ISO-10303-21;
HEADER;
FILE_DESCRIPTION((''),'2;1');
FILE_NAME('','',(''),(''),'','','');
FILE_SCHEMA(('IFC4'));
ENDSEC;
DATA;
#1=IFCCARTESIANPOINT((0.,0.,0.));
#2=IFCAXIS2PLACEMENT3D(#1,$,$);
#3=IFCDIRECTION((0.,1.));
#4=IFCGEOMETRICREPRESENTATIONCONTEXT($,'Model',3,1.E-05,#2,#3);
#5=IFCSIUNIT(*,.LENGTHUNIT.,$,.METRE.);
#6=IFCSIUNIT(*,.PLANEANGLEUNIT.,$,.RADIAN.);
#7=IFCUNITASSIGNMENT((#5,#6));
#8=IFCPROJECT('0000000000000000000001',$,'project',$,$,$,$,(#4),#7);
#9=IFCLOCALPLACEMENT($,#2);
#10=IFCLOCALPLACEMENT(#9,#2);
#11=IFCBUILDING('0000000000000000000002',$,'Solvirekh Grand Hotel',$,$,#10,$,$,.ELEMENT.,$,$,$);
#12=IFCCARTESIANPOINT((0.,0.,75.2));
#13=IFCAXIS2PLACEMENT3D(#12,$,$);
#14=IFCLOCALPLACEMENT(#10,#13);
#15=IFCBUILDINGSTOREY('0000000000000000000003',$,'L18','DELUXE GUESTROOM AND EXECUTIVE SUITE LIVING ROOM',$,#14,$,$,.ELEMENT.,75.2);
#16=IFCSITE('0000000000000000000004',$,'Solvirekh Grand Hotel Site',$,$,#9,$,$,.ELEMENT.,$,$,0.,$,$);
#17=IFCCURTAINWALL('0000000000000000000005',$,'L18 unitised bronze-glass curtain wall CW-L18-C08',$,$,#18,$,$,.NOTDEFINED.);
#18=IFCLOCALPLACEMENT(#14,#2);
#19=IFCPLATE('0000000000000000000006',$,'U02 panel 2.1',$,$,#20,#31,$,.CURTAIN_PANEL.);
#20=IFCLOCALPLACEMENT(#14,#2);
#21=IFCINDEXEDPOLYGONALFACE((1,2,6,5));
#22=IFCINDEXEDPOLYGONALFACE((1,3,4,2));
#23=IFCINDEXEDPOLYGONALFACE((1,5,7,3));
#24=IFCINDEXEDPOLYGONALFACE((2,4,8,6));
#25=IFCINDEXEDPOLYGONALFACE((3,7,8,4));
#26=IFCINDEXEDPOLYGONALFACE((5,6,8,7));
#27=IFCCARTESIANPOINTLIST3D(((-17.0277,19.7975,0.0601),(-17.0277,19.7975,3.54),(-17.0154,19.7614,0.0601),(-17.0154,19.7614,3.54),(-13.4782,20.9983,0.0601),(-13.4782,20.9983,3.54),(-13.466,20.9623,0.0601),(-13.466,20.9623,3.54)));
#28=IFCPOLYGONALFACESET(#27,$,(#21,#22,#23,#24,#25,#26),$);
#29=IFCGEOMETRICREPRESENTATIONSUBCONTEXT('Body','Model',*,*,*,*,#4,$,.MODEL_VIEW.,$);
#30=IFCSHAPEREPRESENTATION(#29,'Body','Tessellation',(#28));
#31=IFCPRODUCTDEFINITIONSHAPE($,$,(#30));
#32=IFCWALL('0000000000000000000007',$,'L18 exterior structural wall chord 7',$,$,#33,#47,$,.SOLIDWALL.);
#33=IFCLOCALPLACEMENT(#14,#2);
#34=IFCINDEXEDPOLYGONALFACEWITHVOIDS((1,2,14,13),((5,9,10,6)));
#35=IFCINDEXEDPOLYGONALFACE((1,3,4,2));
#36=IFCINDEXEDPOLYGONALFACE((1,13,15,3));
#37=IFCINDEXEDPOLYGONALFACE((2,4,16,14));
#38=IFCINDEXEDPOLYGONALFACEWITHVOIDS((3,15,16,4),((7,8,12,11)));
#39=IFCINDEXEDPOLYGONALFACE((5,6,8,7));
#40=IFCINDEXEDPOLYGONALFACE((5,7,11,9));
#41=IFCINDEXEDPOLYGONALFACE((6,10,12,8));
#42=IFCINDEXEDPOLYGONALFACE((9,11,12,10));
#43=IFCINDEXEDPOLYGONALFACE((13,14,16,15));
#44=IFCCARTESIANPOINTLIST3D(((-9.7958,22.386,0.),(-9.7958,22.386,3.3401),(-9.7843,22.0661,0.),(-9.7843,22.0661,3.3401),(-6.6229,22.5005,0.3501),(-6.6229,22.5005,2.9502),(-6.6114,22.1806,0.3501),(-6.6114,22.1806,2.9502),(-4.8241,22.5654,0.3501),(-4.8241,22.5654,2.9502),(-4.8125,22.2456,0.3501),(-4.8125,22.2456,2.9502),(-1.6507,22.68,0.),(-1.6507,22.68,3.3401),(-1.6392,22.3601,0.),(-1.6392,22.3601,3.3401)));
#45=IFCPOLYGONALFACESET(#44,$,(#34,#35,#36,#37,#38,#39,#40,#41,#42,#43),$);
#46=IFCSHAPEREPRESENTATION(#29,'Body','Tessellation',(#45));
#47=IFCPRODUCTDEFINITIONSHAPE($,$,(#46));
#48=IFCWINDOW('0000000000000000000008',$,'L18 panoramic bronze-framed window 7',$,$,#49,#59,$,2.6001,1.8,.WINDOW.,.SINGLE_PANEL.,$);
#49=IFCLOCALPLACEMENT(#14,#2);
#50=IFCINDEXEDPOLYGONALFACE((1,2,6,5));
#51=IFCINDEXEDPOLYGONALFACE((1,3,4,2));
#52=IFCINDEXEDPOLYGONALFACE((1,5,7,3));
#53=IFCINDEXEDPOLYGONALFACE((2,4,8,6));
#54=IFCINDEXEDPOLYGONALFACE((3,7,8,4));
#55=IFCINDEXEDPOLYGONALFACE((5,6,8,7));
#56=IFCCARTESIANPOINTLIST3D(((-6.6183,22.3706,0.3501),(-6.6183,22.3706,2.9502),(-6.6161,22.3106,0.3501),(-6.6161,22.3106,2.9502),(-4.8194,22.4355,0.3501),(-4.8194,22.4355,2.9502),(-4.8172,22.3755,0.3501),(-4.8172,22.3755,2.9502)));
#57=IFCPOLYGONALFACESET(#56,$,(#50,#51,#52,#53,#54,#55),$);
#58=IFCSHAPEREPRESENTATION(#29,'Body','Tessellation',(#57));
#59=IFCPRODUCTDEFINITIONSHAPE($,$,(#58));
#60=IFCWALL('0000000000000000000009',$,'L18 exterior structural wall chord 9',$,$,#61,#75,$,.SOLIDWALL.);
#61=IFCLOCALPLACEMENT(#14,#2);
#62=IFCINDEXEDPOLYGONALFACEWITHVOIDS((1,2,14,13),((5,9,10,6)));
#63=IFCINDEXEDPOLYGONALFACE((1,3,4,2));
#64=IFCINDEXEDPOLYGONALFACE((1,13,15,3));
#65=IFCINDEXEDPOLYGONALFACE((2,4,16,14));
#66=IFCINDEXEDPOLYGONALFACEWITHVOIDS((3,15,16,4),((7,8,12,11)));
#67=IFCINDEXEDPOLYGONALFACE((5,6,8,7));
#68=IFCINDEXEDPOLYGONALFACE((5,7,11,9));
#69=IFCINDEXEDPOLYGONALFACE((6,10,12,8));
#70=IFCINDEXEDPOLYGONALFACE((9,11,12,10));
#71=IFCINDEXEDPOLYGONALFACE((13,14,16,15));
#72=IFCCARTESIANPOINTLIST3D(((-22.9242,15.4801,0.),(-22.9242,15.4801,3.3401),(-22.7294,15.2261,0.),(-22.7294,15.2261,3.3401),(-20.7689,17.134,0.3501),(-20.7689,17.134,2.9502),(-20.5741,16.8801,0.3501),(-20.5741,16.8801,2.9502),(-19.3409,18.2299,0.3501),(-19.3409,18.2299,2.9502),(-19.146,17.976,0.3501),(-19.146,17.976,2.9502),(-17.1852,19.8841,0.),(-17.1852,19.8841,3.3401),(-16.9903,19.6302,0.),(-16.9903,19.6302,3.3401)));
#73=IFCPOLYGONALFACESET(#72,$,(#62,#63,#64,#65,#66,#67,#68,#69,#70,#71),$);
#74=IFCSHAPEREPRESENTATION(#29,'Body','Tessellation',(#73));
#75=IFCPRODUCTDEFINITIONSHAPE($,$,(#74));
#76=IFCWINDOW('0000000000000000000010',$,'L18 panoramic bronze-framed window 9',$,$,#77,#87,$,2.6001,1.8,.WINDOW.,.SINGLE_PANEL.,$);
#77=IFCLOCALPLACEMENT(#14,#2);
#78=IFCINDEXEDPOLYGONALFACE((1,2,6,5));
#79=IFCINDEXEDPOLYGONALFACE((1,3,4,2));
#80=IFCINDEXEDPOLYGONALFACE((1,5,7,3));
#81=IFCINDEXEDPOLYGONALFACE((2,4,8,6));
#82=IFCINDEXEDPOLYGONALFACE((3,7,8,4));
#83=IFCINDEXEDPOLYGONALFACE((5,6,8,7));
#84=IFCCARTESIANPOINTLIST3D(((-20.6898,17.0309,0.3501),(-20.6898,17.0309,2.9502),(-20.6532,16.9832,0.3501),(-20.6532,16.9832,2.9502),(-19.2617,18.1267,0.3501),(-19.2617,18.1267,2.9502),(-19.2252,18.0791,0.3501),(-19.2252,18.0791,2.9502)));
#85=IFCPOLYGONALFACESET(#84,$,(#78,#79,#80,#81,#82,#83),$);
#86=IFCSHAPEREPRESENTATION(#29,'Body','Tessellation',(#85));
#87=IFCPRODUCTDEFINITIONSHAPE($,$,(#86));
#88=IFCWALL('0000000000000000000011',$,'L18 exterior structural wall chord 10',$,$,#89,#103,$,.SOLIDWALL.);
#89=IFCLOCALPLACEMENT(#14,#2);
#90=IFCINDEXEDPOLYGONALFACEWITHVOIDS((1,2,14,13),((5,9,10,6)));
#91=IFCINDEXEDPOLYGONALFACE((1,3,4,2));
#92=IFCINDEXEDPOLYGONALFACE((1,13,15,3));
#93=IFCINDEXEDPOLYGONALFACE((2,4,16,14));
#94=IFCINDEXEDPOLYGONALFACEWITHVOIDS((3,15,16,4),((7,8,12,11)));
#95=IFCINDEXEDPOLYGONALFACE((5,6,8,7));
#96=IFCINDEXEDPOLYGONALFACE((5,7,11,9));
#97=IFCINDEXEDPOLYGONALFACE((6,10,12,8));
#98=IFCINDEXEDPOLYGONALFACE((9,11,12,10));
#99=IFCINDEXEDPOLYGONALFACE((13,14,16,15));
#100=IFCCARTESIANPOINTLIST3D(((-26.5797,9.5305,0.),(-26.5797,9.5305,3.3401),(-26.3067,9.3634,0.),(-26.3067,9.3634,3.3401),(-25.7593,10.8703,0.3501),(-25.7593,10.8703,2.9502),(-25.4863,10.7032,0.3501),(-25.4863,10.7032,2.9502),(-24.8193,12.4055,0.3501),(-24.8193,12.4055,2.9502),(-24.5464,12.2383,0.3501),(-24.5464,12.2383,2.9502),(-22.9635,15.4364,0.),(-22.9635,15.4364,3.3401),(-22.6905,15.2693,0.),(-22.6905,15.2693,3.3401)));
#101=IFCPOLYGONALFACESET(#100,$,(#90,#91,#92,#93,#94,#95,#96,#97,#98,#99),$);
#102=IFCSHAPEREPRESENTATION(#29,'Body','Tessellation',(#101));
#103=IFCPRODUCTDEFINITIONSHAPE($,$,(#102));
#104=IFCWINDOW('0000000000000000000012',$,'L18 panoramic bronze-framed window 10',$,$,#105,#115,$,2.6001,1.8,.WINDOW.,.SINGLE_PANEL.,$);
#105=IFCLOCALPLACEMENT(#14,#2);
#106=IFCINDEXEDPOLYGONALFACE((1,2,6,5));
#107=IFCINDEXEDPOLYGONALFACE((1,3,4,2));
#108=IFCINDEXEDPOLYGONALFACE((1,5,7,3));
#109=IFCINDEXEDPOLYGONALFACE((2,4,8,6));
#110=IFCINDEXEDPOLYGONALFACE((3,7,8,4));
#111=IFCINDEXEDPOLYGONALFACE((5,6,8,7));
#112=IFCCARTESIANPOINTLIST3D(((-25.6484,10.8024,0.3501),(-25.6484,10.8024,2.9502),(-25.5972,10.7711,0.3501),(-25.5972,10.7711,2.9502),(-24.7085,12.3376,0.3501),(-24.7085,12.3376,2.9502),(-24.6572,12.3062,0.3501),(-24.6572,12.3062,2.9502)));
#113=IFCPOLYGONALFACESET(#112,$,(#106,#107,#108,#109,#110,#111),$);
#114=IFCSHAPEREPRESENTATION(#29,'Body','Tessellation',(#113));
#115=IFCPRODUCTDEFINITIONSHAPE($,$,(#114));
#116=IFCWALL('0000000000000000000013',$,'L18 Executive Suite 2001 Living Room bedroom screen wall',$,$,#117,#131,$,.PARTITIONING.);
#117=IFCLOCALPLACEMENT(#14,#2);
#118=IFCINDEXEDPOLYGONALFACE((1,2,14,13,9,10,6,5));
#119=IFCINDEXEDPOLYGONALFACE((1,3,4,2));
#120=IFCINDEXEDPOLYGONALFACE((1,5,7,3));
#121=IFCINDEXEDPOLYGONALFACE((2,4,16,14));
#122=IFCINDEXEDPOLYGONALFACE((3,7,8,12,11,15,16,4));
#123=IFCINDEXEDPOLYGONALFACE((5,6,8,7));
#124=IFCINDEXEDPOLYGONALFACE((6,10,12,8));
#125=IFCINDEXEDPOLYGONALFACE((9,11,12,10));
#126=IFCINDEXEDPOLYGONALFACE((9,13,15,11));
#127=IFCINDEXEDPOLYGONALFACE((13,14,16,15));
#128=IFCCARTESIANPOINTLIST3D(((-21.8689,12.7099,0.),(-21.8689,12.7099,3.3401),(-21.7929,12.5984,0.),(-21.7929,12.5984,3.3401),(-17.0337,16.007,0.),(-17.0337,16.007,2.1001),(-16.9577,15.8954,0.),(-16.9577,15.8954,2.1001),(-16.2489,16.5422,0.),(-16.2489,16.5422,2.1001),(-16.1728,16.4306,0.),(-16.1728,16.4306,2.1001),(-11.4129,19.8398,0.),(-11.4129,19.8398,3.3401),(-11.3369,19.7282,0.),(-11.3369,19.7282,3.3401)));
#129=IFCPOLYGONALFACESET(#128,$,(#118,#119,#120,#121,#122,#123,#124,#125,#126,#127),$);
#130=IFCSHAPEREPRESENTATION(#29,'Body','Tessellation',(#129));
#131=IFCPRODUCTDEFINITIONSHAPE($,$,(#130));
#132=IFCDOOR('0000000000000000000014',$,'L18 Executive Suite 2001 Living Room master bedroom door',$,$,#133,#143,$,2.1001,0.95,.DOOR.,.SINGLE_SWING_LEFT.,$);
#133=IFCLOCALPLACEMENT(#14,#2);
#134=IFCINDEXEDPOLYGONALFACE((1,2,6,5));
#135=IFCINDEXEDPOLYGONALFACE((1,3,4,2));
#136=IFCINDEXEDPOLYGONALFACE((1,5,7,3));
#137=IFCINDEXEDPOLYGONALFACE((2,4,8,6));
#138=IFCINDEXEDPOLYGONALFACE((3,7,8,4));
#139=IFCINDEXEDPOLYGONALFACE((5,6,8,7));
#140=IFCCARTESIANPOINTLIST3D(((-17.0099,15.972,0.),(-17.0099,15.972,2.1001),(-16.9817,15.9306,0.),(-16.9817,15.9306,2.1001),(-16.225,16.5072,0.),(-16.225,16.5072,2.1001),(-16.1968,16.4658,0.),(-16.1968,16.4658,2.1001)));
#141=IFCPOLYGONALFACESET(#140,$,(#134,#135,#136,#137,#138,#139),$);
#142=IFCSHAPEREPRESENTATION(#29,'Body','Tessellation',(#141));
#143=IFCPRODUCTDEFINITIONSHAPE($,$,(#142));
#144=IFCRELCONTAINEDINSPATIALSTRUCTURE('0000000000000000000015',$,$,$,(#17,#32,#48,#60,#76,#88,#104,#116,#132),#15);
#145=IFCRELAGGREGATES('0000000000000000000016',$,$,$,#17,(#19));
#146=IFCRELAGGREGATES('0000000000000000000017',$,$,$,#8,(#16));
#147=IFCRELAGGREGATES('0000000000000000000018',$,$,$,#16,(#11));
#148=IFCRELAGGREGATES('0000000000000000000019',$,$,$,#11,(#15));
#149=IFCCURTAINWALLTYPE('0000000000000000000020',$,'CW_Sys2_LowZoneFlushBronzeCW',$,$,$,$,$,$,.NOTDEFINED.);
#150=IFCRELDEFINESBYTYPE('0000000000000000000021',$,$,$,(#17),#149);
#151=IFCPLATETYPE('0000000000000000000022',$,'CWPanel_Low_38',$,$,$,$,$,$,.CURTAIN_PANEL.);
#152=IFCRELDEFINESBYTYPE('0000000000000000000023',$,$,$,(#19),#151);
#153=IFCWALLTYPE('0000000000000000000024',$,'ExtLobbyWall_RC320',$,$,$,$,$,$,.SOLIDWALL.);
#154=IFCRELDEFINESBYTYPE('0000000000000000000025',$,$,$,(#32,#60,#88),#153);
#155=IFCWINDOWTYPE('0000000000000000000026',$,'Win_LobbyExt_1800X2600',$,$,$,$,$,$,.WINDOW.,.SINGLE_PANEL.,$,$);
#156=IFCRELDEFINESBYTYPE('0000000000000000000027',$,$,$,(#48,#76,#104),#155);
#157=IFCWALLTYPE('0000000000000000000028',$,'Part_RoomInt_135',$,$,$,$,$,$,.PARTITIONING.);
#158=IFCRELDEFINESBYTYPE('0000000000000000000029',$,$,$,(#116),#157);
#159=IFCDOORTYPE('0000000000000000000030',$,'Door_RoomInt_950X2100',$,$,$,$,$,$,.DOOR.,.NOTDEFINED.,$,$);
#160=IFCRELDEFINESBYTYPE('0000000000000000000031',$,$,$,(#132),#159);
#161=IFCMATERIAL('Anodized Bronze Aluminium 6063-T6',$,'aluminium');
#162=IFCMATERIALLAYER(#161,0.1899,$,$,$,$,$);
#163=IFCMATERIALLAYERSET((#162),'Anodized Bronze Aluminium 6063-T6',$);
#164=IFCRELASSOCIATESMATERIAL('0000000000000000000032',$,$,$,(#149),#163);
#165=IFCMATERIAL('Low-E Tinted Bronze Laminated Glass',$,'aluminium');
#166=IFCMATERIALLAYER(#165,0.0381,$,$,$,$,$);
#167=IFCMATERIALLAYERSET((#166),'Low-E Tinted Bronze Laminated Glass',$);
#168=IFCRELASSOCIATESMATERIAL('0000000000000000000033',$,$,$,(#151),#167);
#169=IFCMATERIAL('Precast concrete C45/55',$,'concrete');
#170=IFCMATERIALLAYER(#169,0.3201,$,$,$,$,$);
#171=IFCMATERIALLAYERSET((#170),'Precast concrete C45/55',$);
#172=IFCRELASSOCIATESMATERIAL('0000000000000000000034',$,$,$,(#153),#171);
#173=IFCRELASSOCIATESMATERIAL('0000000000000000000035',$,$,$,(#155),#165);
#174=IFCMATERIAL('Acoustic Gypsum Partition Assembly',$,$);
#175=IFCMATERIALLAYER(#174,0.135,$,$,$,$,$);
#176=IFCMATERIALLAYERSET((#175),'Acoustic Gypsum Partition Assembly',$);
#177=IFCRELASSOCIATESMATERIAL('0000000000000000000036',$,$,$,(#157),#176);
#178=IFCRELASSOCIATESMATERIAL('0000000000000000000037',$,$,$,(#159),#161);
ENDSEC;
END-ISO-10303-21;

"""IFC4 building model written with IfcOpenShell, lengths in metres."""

from ifc_helpers import new_model, si_unit, direction, frame, frame_2d, origin, origin_2d, place, context, subcontext, project, spatial, rectangle, extrude, source, transform, mapped, material, layer, layer_set, type_object, element, fill, aggregate, save


model = new_model("IFC4")

# Units and contexts
model_context = context("Model", 3, precision=1e-05, world=origin(), true_north=direction((0.0, 1.0)))
body_context = subcontext(model_context, "Body", "Model", "MODEL_VIEW")
ifc_project = project(units=[si_unit("LENGTHUNIT", "METRE"), si_unit("PLANEANGLEUNIT", "RADIAN")], contexts=[model_context])

# Site, building, storey
site_placement = place(None, origin())
site = spatial("IfcSite", under=ifc_project, at=site_placement, Name="Solvirekh Grand Hotel Site", CompositionType="ELEMENT", RefElevation=0.0)
building_placement = place(site_placement, origin())
building = spatial("IfcBuilding", under=site, at=building_placement, Name="Solvirekh Grand Hotel", CompositionType="ELEMENT")
storey_placement = place(building_placement, frame((0.0, 0.0, 75.2)))
storey = spatial("IfcBuildingStorey", under=building, at=storey_placement, Name="L18", Description="DELUXE GUESTROOM AND EXECUTIVE SUITE LIVING ROOM", CompositionType="ELEMENT", Elevation=75.2)

# Curtain wall
ifc_material_1 = material(Name="Anodized Bronze Aluminium 6063-T6", Category="aluminium")
ifc_layer_1 = layer(ifc_material_1, 0.1899)
ifc_layer_set_1 = layer_set([ifc_layer_1], Name="Anodized Bronze Aluminium 6063-T6")
curtain_wall_type = type_object("IfcCurtainWallType", Name="CW_Sys2_LowZoneFlushBronzeCW", PredefinedType="NOTDEFINED", material=ifc_layer_set_1)
curtain_wall_1_placement = place(storey_placement, origin())
curtain_wall_1 = element("IfcCurtainWall", 1, at=curtain_wall_1_placement, inside=storey, type_object=curtain_wall_type, Name="L18 unitised bronze-glass curtain wall CW-L18-C08", PredefinedType="NOTDEFINED")

# Plate
ifc_material_2 = material(Name="Low-E Tinted Bronze Laminated Glass", Category="aluminium")
ifc_layer_2 = layer(ifc_material_2, 0.0381)
ifc_layer_set_2 = layer_set([ifc_layer_2], Name="Low-E Tinted Bronze Laminated Glass")
plate_type = type_object("IfcPlateType", Name="CWPanel_Low_38", PredefinedType="CURTAIN_PANEL", material=ifc_layer_set_2)
shared_shape_1 = source(origin(), body_context, "Body", "SweptSolid", [
    extrude(rectangle(XDim=3.7471, YDim=0.0381, at=origin_2d()), origin(), (0.0, 0.0, 1.0), 3.48),
])
plate_1_placement = place(storey_placement, frame((-15.2468, 20.3799, 0.0601), z_axis=(0.0, 0.0, 1.0), x_axis=(-0.947259, -0.320469, 0.0)))
plate_1 = element("IfcPlate", 2, at=plate_1_placement, type_object=plate_type, Name="U02 panel 2.1", PredefinedType="CURTAIN_PANEL", context=body_context, shape_type="MappedRepresentation", body=[
    mapped(shared_shape_1, transform((0.0, 0.0, 0.0), x_axis=(1.0, 0.0, 0.0), y_axis=(0.0, 1.0, 0.0), z_axis=(0.0, 0.0, 1.0), scale=1.0)),
])
aggregate(curtain_wall_1, [plate_1])

# Walls, openings, windows
ifc_material_3 = material(Name="Precast concrete C45/55", Category="concrete")
ifc_layer_3 = layer(ifc_material_3, 0.3201)
ifc_layer_set_3 = layer_set([ifc_layer_3], Name="Precast concrete C45/55")
wall_type_1 = type_object("IfcWallType", Name="ExtLobbyWall_RC320", PredefinedType="SOLIDWALL", material=ifc_layer_set_3)
wall_1_placement = place(storey_placement, frame((-9.79, 22.2261, 0.0), z_axis=(0.0, 0.0, 1.0), x_axis=(0.999349, 0.036065, 0.0)))
wall_1 = element("IfcWall", 3, at=wall_1_placement, inside=storey, type_object=wall_type_1, Name="L18 exterior structural wall chord 7", PredefinedType="SOLIDWALL", context=body_context, shape_type="SweptSolid", body=[
    extrude(rectangle(XDim=8.1504, YDim=0.3201, at=frame_2d((4.0752, 0.0))), origin(), (0.0, 0.0, 1.0), 3.3401),
])
opening_1_placement = place(wall_1_placement, frame((3.175, 0.0, 0.3501)))
opening_1 = element("IfcOpeningElement", 4, at=opening_1_placement, cuts=wall_1, PredefinedType="OPENING", context=body_context, shape_type="SweptSolid", body=[
    extrude(rectangle(XDim=1.8, YDim=2.6001, at=frame_2d((0.8999, 1.3))), frame((0.0, 0.1699, 0.0), z_axis=(0.0, -1.0, 0.0), x_axis=(1.0, 0.0, 0.0)), (0.0, 0.0, 1.0), 0.3401),
])
window_type = type_object("IfcWindowType", Name="Win_LobbyExt_1800X2600", PartitioningType="SINGLE_PANEL", PredefinedType="WINDOW", material=ifc_material_2)
window_1_placement = place(opening_1_placement, origin())
window_1 = element("IfcWindow", 5, at=window_1_placement, inside=storey, type_object=window_type, Name="L18 panoramic bronze-framed window 7", OverallHeight=2.6001, OverallWidth=1.8, PartitioningType="SINGLE_PANEL", PredefinedType="WINDOW", context=body_context, shape_type="SweptSolid", body=[
    extrude(rectangle(XDim=1.8, YDim=2.6001, at=frame_2d((0.8999, 1.3))), frame((0.0, 0.03, 0.0), z_axis=(0.0, -1.0, 0.0), x_axis=(1.0, 0.0, 0.0)), (0.0, 0.0, 1.0), 0.0601),
])
fill(opening_1, window_1)
wall_2_placement = place(storey_placement, frame((-22.8269, 15.353, 0.0), z_axis=(0.0, 0.0, 1.0), x_axis=(0.79333, 0.608792, 0.0)))
wall_2 = element("IfcWall", 6, at=wall_2_placement, inside=storey, type_object=wall_type_1, Name="L18 exterior structural wall chord 9", PredefinedType="SOLIDWALL", context=body_context, shape_type="SweptSolid", body=[
    extrude(rectangle(XDim=7.2341, YDim=0.3201, at=frame_2d((3.6172, 0.0))), origin(), (0.0, 0.0, 1.0), 3.3401),
])
opening_2_placement = place(wall_2_placement, frame((2.717, 0.0, 0.3501)))
opening_2 = element("IfcOpeningElement", 7, at=opening_2_placement, cuts=wall_2, PredefinedType="OPENING", context=body_context, shape_type="SweptSolid", body=[
    extrude(rectangle(XDim=1.8, YDim=2.6001, at=frame_2d((0.8999, 1.3))), frame((0.0, 0.1699, 0.0), z_axis=(0.0, -1.0, 0.0), x_axis=(1.0, 0.0, 0.0)), (0.0, 0.0, 1.0), 0.3401),
])
window_2_placement = place(opening_2_placement, origin())
window_2 = element("IfcWindow", 8, at=window_2_placement, inside=storey, type_object=window_type, Name="L18 panoramic bronze-framed window 9", OverallHeight=2.6001, OverallWidth=1.8, PartitioningType="SINGLE_PANEL", PredefinedType="WINDOW", context=body_context, shape_type="SweptSolid", body=[
    extrude(rectangle(XDim=1.8, YDim=2.6001, at=frame_2d((0.8999, 1.3))), frame((0.0, 0.03, 0.0), z_axis=(0.0, -1.0, 0.0), x_axis=(1.0, 0.0, 0.0)), (0.0, 0.0, 1.0), 0.0601),
])
fill(opening_2, window_2)
wall_3_placement = place(storey_placement, frame((-26.4431, 9.447, 0.0), z_axis=(0.0, 0.0, 1.0), x_axis=(0.522184, 0.852833, 0.0)))
wall_3 = element("IfcWall", 9, at=wall_3_placement, inside=storey, type_object=wall_type_1, Name="L18 exterior structural wall chord 10", PredefinedType="SOLIDWALL", context=body_context, shape_type="SweptSolid", body=[
    extrude(rectangle(XDim=6.925, YDim=0.3201, at=frame_2d((3.4624, 0.0))), origin(), (0.0, 0.0, 1.0), 3.3401),
])
opening_3_placement = place(wall_3_placement, frame((1.571, 0.0, 0.3501)))
opening_3 = element("IfcOpeningElement", 10, at=opening_3_placement, cuts=wall_3, PredefinedType="OPENING", context=body_context, shape_type="SweptSolid", body=[
    extrude(rectangle(XDim=1.8, YDim=2.6001, at=frame_2d((0.8999, 1.3))), frame((0.0, 0.1699, 0.0), z_axis=(0.0, -1.0, 0.0), x_axis=(1.0, 0.0, 0.0)), (0.0, 0.0, 1.0), 0.3401),
])
window_3_placement = place(opening_3_placement, origin())
window_3 = element("IfcWindow", 11, at=window_3_placement, inside=storey, type_object=window_type, Name="L18 panoramic bronze-framed window 10", OverallHeight=2.6001, OverallWidth=1.8, PartitioningType="SINGLE_PANEL", PredefinedType="WINDOW", context=body_context, shape_type="SweptSolid", body=[
    extrude(rectangle(XDim=1.8, YDim=2.6001, at=frame_2d((0.8999, 1.3))), frame((0.0, 0.03, 0.0), z_axis=(0.0, -1.0, 0.0), x_axis=(1.0, 0.0, 0.0)), (0.0, 0.0, 1.0), 0.0601),
])
fill(opening_3, window_3)

# Wall, opening, door
ifc_material_4 = material(Name="Acoustic Gypsum Partition Assembly")
ifc_layer_4 = layer(ifc_material_4, 0.135)
ifc_layer_set_4 = layer_set([ifc_layer_4], Name="Acoustic Gypsum Partition Assembly")
wall_type_2 = type_object("IfcWallType", Name="Part_RoomInt_135", PredefinedType="PARTITIONING", material=ifc_layer_set_4)
wall_4_placement = place(storey_placement, frame((-11.375, 19.7839, 0.0), z_axis=(0.0, 0.0, 1.0), x_axis=(-0.8262, -0.563378, 0.0)))
wall_4 = element("IfcWall", 12, at=wall_4_placement, inside=storey, type_object=wall_type_2, Name="L18 Executive Suite 2001 Living Room bedroom screen wall", PredefinedType="PARTITIONING", context=body_context, shape_type="SweptSolid", body=[
    extrude(rectangle(XDim=12.6555, YDim=0.135, at=frame_2d((6.3276, 0.0))), origin(), (0.0, 0.0, 1.0), 3.3401),
])
opening_4_placement = place(wall_4_placement, frame((5.853, 0.0, 0.0)))
opening_4 = element("IfcOpeningElement", 13, at=opening_4_placement, cuts=wall_4, PredefinedType="OPENING", context=body_context, shape_type="SweptSolid", body=[
    extrude(rectangle(XDim=0.95, YDim=2.1001, at=frame_2d((0.4751, 1.05))), frame((0.0, 0.0776, 0.0), z_axis=(0.0, -1.0, 0.0), x_axis=(1.0, 0.0, 0.0)), (0.0, 0.0, 1.0), 0.155),
])
door_type = type_object("IfcDoorType", Name="Door_RoomInt_950X2100", OperationType="NOTDEFINED", PredefinedType="DOOR", material=ifc_material_1)
door_1_placement = place(opening_4_placement, origin())
door_1 = element("IfcDoor", 14, at=door_1_placement, inside=storey, type_object=door_type, Name="L18 Executive Suite 2001 Living Room master bedroom door", OperationType="SINGLE_SWING_LEFT", OverallHeight=2.1001, OverallWidth=0.95, PredefinedType="DOOR", context=body_context, shape_type="SweptSolid", body=[
    extrude(rectangle(XDim=0.95, YDim=2.1001, at=frame_2d((0.4751, 1.05))), frame((0.0, 0.0249, 0.0), z_axis=(0.0, -1.0, 0.0), x_axis=(1.0, 0.0, 0.0)), (0.0, 0.0, 1.0), 0.05),
])
fill(opening_4, door_1)

save(model, "model.ifc")
